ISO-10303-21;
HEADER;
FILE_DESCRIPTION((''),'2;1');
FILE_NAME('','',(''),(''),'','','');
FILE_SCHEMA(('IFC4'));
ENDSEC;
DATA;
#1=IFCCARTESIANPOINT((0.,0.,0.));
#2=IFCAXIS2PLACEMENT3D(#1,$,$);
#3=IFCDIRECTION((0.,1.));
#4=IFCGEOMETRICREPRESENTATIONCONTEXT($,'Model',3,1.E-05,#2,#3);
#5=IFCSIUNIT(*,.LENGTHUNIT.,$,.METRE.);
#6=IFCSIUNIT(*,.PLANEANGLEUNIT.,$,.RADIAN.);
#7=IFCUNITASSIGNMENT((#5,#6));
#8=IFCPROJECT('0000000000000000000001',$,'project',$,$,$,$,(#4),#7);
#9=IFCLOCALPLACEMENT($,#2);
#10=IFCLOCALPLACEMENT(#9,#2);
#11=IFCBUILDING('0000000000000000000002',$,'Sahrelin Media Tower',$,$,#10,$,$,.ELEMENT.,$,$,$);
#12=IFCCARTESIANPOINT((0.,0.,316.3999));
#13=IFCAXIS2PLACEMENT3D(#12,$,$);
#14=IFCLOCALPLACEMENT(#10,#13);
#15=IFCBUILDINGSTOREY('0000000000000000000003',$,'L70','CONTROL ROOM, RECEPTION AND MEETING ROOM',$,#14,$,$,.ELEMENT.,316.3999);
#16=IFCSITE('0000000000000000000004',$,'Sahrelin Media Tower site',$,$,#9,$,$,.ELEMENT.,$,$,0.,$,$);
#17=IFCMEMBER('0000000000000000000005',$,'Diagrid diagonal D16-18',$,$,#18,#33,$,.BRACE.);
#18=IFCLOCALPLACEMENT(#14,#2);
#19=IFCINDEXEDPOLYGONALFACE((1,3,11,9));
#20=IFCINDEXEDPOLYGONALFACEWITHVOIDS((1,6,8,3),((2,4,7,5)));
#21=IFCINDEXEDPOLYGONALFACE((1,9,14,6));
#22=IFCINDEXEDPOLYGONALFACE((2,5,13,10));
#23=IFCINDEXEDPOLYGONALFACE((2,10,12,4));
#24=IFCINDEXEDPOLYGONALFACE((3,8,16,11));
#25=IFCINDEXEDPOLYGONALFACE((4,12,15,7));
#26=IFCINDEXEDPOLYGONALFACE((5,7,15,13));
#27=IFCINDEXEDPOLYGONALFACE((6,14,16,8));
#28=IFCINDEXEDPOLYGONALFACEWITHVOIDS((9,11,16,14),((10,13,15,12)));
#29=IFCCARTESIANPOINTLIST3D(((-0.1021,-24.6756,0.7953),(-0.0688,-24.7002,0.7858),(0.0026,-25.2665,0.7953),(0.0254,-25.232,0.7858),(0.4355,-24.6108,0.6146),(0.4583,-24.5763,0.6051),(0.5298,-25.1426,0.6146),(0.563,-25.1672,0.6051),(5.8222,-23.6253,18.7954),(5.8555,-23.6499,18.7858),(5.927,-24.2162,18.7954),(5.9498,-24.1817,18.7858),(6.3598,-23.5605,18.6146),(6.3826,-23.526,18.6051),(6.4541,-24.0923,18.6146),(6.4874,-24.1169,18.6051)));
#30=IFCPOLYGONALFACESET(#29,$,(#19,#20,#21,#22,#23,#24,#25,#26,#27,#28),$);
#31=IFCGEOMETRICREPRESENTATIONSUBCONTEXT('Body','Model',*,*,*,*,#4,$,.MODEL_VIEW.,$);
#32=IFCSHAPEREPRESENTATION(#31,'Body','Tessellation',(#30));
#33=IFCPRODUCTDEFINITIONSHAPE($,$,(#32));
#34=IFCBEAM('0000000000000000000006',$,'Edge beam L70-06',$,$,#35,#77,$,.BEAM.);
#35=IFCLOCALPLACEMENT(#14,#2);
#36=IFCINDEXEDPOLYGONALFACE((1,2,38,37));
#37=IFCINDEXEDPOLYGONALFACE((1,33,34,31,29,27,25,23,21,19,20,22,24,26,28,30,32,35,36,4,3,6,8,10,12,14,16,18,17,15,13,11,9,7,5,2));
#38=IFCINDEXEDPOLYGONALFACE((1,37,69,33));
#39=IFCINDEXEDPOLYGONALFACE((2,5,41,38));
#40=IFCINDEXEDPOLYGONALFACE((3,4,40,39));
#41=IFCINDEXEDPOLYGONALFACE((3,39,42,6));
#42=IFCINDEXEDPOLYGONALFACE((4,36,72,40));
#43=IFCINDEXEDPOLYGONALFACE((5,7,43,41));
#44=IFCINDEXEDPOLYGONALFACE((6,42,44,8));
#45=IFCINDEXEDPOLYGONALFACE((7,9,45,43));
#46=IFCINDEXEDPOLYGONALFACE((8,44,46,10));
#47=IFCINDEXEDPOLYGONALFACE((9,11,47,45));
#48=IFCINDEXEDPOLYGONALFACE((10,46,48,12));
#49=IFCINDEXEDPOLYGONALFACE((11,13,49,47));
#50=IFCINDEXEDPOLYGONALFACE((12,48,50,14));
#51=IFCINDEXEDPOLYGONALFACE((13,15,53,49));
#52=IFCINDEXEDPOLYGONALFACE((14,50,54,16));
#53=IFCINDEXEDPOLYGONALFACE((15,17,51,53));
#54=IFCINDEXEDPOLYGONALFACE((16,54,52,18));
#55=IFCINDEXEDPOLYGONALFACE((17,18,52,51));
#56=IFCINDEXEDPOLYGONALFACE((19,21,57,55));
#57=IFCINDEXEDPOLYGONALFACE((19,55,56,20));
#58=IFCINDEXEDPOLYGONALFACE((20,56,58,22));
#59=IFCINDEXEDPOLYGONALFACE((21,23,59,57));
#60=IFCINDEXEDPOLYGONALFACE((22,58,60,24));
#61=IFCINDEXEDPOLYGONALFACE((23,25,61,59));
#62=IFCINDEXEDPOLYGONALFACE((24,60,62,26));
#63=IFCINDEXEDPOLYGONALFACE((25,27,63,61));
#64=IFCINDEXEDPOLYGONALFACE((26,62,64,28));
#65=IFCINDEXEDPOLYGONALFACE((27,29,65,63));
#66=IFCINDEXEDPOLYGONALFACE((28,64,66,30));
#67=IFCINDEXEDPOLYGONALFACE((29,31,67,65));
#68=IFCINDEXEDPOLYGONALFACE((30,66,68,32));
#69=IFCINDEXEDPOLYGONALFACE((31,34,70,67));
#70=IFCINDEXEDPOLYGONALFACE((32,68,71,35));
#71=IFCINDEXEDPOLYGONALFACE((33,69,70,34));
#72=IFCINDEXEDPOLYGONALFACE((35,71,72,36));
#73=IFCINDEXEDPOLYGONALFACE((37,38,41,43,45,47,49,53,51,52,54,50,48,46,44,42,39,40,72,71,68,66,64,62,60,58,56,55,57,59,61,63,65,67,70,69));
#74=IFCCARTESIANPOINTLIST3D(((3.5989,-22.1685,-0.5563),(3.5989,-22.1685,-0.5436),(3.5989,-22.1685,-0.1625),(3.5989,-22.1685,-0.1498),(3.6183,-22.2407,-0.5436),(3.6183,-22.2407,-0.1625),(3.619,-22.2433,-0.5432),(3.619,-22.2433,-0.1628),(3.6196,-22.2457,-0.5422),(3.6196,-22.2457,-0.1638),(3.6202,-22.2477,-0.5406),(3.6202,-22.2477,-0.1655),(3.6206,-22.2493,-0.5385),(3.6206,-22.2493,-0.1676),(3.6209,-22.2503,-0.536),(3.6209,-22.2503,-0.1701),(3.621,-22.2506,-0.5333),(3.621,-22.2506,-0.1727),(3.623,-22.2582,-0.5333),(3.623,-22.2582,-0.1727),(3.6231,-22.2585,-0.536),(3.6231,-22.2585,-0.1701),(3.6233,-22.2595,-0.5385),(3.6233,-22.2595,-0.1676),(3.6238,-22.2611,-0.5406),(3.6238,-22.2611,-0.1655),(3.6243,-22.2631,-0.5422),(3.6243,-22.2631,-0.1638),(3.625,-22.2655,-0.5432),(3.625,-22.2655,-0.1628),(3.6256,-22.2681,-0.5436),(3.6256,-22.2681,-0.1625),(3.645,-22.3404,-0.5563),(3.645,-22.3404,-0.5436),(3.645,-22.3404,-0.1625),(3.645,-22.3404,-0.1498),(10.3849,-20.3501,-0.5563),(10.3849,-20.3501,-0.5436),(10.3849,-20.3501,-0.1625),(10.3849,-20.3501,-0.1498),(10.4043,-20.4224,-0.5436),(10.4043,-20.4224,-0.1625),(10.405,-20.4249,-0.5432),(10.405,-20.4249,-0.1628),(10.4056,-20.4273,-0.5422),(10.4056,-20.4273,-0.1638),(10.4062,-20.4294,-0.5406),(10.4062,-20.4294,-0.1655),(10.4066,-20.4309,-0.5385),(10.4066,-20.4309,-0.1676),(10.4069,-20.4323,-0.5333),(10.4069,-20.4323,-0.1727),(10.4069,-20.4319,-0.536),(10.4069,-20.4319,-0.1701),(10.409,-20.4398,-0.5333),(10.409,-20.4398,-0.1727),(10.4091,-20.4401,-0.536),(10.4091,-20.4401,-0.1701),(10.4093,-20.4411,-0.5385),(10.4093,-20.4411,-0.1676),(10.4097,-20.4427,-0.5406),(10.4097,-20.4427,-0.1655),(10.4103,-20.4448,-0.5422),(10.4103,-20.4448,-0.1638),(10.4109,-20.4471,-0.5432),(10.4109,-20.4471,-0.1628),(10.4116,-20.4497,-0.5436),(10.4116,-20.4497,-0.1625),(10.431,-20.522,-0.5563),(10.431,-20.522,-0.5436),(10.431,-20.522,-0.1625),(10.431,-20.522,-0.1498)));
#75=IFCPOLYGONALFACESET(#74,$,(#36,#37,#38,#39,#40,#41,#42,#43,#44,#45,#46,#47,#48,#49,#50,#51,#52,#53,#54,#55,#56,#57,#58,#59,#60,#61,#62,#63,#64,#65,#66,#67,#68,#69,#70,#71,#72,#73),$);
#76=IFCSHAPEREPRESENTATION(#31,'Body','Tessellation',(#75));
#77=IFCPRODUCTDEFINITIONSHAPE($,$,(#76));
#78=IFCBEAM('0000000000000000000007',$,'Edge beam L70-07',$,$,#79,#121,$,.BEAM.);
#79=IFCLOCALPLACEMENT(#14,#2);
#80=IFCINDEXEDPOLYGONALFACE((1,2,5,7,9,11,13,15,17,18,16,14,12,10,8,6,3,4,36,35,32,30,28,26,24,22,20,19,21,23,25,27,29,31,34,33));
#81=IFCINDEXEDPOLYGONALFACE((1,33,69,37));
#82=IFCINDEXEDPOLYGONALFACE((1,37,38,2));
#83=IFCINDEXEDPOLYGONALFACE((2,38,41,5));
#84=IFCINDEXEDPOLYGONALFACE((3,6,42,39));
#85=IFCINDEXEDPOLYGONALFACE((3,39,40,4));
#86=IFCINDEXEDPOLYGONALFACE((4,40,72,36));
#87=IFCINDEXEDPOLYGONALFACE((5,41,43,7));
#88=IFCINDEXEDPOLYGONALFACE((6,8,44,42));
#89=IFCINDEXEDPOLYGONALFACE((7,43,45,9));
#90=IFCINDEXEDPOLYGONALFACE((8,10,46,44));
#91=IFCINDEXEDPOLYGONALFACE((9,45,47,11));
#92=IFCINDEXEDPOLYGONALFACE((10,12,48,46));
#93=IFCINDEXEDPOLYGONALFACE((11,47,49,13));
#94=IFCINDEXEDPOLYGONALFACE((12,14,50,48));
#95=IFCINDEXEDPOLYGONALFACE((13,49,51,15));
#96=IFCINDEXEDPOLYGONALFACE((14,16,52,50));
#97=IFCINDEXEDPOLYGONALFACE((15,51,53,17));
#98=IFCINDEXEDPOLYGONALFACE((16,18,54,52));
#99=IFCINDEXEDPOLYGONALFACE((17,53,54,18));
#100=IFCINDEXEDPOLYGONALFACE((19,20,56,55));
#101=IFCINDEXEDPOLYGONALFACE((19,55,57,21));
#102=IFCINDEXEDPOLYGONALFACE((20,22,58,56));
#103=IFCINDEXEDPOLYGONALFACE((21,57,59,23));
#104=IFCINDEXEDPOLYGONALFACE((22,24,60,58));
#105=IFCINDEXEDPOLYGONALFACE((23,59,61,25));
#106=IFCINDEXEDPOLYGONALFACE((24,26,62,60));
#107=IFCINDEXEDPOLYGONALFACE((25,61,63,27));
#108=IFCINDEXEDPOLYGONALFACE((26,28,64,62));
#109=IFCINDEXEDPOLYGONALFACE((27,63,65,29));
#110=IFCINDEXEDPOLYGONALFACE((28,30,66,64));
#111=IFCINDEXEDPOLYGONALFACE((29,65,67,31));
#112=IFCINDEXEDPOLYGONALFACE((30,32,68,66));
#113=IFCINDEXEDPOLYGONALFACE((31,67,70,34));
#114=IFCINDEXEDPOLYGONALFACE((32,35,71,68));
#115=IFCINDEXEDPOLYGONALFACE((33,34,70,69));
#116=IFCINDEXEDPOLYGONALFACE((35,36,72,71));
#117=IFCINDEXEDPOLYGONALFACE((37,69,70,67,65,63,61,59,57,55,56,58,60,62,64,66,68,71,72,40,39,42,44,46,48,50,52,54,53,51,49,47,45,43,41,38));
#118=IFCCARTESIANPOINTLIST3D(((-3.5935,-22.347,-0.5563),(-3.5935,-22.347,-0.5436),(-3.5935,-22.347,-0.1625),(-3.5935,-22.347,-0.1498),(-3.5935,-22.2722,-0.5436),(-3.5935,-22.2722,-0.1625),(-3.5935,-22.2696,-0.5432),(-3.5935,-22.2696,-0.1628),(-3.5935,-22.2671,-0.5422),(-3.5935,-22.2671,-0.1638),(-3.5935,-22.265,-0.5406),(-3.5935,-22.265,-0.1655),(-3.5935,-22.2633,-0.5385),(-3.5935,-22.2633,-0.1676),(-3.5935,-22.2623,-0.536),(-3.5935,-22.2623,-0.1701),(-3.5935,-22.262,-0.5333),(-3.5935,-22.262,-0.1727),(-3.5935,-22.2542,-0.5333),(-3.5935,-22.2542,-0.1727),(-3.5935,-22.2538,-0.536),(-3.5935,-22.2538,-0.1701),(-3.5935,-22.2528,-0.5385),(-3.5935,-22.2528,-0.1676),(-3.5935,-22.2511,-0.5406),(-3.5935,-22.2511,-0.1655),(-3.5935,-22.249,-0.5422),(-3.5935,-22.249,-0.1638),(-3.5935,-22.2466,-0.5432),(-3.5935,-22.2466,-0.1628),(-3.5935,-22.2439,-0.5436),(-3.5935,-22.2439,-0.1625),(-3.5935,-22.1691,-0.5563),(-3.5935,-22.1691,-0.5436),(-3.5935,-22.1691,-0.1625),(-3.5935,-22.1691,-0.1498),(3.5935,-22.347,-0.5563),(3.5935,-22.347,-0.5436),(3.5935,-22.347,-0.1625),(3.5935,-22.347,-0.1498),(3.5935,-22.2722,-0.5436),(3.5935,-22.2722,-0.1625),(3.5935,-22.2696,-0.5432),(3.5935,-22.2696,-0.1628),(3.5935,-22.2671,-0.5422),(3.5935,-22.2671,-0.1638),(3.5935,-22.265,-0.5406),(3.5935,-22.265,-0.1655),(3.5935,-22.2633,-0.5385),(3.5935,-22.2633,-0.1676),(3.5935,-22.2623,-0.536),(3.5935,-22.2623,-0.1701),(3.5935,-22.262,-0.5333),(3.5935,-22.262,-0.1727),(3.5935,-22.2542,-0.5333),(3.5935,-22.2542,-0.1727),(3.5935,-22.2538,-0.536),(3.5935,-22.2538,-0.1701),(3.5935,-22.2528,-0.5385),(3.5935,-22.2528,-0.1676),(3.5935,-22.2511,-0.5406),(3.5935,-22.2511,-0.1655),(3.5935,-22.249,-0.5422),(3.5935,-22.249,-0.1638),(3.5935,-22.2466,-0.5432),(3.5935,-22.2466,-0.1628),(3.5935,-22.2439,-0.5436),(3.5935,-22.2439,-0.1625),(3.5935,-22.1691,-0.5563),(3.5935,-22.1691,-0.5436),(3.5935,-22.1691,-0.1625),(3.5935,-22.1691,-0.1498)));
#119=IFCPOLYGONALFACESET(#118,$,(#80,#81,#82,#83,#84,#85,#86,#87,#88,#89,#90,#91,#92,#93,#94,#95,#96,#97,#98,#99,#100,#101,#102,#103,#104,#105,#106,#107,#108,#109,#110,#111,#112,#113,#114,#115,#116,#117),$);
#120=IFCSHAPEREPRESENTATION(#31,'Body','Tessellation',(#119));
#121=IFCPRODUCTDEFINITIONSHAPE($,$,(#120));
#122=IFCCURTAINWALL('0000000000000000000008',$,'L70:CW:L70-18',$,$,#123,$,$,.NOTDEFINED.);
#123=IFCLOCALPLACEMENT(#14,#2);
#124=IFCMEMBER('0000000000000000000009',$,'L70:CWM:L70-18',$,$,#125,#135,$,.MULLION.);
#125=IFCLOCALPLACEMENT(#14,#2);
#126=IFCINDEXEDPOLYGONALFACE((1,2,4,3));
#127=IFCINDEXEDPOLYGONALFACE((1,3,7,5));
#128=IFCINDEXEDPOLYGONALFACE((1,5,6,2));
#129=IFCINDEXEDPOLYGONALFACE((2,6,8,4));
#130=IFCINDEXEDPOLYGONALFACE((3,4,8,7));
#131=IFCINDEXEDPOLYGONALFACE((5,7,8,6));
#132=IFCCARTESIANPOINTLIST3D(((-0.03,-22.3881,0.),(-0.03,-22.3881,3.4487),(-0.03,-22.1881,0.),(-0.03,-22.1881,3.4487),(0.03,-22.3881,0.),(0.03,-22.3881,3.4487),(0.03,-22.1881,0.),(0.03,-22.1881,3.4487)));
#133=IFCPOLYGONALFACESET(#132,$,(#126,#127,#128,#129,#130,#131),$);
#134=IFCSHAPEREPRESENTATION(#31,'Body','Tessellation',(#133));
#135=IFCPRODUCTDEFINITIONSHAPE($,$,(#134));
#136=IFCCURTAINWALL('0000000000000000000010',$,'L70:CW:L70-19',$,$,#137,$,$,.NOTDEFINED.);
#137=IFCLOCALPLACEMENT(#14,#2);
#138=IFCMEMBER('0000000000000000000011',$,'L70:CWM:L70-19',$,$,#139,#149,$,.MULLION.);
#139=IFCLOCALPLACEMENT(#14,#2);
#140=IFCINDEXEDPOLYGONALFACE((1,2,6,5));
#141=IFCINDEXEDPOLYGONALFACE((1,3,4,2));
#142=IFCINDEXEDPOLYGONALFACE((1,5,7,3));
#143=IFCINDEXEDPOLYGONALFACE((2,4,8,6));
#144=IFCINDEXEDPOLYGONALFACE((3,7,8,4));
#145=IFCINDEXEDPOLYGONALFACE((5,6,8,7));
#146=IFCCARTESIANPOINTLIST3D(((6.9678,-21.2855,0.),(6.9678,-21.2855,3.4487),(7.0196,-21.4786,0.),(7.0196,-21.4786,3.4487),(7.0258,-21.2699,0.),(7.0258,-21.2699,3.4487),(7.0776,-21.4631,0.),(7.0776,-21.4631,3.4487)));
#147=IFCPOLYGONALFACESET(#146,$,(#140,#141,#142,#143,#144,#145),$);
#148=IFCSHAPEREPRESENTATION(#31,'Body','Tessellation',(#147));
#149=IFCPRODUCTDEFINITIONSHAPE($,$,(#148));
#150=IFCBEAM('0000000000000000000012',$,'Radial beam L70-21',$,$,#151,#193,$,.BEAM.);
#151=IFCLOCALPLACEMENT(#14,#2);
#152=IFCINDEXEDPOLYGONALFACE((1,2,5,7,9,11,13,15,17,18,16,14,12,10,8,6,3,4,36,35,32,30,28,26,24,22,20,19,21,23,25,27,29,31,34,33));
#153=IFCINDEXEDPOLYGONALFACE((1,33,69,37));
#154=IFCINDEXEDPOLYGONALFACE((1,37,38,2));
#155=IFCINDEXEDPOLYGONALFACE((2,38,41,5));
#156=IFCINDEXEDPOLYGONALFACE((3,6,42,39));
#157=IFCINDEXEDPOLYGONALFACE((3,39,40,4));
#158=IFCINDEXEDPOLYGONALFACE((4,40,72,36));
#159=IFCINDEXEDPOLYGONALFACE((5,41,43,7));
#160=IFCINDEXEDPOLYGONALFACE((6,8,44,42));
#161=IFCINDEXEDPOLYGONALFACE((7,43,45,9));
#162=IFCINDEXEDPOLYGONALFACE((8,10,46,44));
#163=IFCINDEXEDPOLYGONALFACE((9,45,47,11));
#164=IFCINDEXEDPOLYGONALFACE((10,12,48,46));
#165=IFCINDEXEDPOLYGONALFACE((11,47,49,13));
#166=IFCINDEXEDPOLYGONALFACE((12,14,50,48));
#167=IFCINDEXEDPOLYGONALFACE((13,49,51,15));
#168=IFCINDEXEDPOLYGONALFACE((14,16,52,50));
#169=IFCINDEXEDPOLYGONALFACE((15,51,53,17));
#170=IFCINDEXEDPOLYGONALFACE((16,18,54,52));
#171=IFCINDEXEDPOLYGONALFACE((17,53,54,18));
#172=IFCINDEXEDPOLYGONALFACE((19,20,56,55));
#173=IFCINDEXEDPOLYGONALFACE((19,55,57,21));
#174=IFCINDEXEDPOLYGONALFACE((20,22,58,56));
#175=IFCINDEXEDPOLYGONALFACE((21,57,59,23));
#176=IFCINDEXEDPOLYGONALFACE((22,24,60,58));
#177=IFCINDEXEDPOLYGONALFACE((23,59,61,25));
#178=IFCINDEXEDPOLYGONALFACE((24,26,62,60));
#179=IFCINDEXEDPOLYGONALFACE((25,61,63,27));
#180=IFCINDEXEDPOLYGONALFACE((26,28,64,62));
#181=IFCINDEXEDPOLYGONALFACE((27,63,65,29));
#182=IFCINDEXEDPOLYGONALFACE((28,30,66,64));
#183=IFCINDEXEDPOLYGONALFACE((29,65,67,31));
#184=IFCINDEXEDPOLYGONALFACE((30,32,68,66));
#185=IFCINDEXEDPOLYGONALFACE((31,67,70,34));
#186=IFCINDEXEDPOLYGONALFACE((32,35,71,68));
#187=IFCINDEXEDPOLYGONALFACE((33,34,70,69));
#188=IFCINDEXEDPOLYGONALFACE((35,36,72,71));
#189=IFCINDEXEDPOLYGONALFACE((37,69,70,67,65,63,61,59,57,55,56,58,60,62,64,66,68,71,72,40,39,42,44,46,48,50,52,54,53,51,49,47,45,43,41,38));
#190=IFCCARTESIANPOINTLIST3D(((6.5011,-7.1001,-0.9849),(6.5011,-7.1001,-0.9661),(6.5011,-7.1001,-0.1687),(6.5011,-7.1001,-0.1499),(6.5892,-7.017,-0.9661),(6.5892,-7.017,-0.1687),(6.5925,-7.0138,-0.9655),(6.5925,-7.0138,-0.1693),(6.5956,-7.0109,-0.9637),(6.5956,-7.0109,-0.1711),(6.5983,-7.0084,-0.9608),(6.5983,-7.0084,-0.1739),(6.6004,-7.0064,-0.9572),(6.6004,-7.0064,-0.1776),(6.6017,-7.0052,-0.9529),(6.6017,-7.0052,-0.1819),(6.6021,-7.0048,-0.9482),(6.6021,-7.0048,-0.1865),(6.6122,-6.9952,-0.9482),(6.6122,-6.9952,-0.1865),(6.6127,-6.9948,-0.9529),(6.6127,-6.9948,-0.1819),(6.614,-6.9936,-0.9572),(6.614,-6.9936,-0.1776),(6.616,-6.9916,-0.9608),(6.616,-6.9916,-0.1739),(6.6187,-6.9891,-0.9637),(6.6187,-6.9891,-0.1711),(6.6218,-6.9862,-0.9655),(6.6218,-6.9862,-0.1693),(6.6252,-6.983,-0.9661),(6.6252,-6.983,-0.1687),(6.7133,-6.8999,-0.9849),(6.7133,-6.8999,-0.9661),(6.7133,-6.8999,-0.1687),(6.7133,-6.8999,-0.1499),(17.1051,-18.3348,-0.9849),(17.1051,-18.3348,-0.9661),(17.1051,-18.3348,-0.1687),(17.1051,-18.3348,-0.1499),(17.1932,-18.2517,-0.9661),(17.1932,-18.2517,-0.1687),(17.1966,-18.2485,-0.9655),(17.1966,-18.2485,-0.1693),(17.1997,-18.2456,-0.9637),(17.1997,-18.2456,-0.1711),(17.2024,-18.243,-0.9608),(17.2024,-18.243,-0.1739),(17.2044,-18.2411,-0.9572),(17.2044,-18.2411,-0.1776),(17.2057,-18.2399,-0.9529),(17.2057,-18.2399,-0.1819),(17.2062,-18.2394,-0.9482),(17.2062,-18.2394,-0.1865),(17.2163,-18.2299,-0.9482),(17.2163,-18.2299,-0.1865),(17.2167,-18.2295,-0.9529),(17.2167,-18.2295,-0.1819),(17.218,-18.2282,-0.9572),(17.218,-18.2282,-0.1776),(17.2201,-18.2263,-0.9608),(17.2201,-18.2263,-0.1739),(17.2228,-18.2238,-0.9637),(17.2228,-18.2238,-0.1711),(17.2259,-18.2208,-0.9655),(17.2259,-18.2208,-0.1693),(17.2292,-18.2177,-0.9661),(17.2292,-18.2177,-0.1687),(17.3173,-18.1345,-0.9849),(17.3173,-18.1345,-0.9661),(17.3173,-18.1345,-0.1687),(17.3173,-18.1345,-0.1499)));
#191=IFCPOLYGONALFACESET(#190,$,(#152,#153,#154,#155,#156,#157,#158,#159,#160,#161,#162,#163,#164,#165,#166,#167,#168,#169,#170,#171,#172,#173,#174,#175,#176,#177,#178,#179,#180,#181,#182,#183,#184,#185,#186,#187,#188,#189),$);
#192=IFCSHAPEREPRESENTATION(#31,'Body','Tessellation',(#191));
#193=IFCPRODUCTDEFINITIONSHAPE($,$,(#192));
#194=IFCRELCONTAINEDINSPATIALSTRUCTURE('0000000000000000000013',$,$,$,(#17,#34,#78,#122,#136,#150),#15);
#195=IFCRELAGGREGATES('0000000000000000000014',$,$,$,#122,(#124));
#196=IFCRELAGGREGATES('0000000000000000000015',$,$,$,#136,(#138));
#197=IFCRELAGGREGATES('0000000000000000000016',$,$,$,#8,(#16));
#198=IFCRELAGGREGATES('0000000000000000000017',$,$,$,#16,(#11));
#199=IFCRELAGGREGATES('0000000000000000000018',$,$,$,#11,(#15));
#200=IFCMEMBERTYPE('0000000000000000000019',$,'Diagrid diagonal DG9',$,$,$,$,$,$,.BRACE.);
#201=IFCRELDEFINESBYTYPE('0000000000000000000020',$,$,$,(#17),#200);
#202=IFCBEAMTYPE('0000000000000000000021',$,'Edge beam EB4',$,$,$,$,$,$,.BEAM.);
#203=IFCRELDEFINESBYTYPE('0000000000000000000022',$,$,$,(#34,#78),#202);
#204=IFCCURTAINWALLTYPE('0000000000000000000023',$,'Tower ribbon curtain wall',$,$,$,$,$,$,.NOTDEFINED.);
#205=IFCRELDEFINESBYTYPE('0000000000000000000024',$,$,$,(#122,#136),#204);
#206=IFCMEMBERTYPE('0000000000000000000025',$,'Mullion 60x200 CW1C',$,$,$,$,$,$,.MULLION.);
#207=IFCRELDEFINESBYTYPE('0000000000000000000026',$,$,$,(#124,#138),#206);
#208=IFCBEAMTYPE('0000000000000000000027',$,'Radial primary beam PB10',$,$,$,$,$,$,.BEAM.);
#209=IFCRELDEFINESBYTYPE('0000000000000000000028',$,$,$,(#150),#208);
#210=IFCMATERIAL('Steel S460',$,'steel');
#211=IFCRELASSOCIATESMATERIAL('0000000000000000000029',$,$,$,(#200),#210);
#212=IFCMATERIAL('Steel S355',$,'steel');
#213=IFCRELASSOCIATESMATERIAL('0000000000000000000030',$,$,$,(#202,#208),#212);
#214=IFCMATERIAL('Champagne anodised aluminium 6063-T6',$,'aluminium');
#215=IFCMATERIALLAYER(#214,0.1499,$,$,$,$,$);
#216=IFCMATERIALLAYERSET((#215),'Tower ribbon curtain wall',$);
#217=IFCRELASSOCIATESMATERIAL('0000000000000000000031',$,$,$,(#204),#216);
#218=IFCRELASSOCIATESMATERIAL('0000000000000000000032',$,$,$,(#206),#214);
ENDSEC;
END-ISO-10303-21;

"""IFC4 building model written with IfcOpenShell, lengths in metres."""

from ifc_helpers import new_model, si_unit, direction, frame, origin, origin_2d, place, context, subcontext, project, spatial, rectangle, hollow_rectangle, i_section, extrude, material, layer, layer_set, material_profile, profile_set, type_object, element, aggregate, save


model = new_model("IFC4")

# Units and contexts
model_context = context("Model", 3, precision=1e-05, world=origin(), true_north=direction((0.0, 1.0)))
body_context = subcontext(model_context, "Body", "Model", "MODEL_VIEW")
ifc_project = project(units=[si_unit("LENGTHUNIT", "METRE"), si_unit("PLANEANGLEUNIT", "RADIAN")], contexts=[model_context])

# Site, building, storey
site_placement = place(None, origin())
site = spatial("IfcSite", under=ifc_project, at=site_placement, Name="Sahrelin Media Tower site", CompositionType="ELEMENT", RefElevation=0.0)
building_placement = place(site_placement, origin())
building = spatial("IfcBuilding", under=site, at=building_placement, Name="Sahrelin Media Tower", CompositionType="ELEMENT")
storey_placement = place(building_placement, frame((0.0, 0.0, 316.3999)))
storey = spatial("IfcBuildingStorey", under=building, at=storey_placement, Name="L70", Description="CONTROL ROOM, RECEPTION AND MEETING ROOM", CompositionType="ELEMENT", Elevation=316.3999)

# Member
ifc_material_1 = material(Name="Steel S460", Category="steel")
ifc_material_profile_1 = material_profile(ifc_material_1, hollow_rectangle(XDim=0.6001, YDim=0.6001, WallThickness=0.03, at=origin_2d()), Name="Diagrid diagonal DG9")
ifc_profile_set_1 = profile_set([ifc_material_profile_1], Name="Steel S460")
member_type_1 = type_object("IfcMemberType", Name="Diagrid diagonal DG9", PredefinedType="BRACE", material=ifc_profile_set_1)
member_1_placement = place(storey_placement, frame((0.2305, -24.9214, 0.7002), z_axis=(0.312152, 0.05534, 0.948419), x_axis=(-0.174563, 0.984646, 0.0)))
element("IfcMember", 1, at=member_1_placement, inside=storey, type_object=member_type_1, Name="Diagrid diagonal D16-18", PredefinedType="BRACE", context=body_context, shape_type="SweptSolid", body=[
    extrude(hollow_rectangle(XDim=0.6001, YDim=0.6001, WallThickness=0.03, at=origin_2d()), origin(), (0.0, 0.0, 1.0), 18.979),
])

# Beams
ifc_material_2 = material(Name="Steel S355", Category="steel")
ifc_material_profile_2 = material_profile(ifc_material_2, i_section(OverallWidth=0.178, OverallDepth=0.4065, WebThickness=0.0078, FlangeThickness=0.0127, FilletRadius=0.0103, at=origin_2d()), Name="UB 406x178x60")
ifc_profile_set_2 = profile_set([ifc_material_profile_2], Name="Steel S355")
beam_type_1 = type_object("IfcBeamType", Name="Edge beam EB4", PredefinedType="BEAM", material=ifc_profile_set_2)
beam_1_placement = place(storey_placement, frame((10.408, -20.436, -0.353), z_axis=(-0.965923, -0.25883, 0.0), x_axis=(0.25883, -0.965923, 0.0)))
element("IfcBeam", 2, at=beam_1_placement, inside=storey, type_object=beam_type_1, Name="Edge beam L70-06", PredefinedType="BEAM", context=body_context, shape_type="SweptSolid", body=[
    extrude(i_section(OverallWidth=0.178, OverallDepth=0.4065, WebThickness=0.0078, FlangeThickness=0.0127, FilletRadius=0.0103, at=origin_2d()), origin(), (0.0, 0.0, 1.0), 7.0254),
])
beam_2_placement = place(storey_placement, frame((3.5935, -22.2581, -0.353), z_axis=(-1.0, 0.0, 0.0), x_axis=(0.0, -1.0, 0.0)))
element("IfcBeam", 3, at=beam_2_placement, inside=storey, type_object=beam_type_1, Name="Edge beam L70-07", PredefinedType="BEAM", context=body_context, shape_type="SweptSolid", body=[
    extrude(i_section(OverallWidth=0.178, OverallDepth=0.4065, WebThickness=0.0078, FlangeThickness=0.0127, FilletRadius=0.0103, at=origin_2d()), origin(), (0.0, 0.0, 1.0), 7.187),
])

# Curtain walls, members
ifc_material_3 = material(Name="Champagne anodised aluminium 6063-T6", Category="aluminium")
ifc_layer_1 = layer(ifc_material_3, 0.1499)
ifc_layer_set_1 = layer_set([ifc_layer_1], Name="Tower ribbon curtain wall")
curtain_wall_type = type_object("IfcCurtainWallType", Name="Tower ribbon curtain wall", PredefinedType="NOTDEFINED", material=ifc_layer_set_1)
curtain_wall_1_placement = place(storey_placement, frame((0.0, -22.4082, 0.0), z_axis=(0.0, 0.0, 1.0), x_axis=(1.0, 0.0, 0.0)))
curtain_wall_1 = element("IfcCurtainWall", 4, at=curtain_wall_1_placement, inside=storey, type_object=curtain_wall_type, Name="L70:CW:L70-18", PredefinedType="NOTDEFINED")
ifc_material_profile_3 = material_profile(ifc_material_3, rectangle(XDim=0.0601, YDim=0.2, at=origin_2d()), Name="Mullion 60x200")
ifc_profile_set_3 = profile_set([ifc_material_profile_3], Name="Champagne anodised aluminium 6063-T6")
member_type_2 = type_object("IfcMemberType", Name="Mullion 60x200 CW1C", PredefinedType="MULLION", material=ifc_profile_set_3)
member_2_placement = place(storey_placement, frame((0.0, -22.2881, 0.0), z_axis=(0.0, 0.0, 1.0), x_axis=(1.0, 0.0, 0.0)))
member_2 = element("IfcMember", 5, at=member_2_placement, type_object=member_type_2, Name="L70:CWM:L70-18", PredefinedType="MULLION", context=body_context, shape_type="SweptSolid", body=[
    extrude(rectangle(XDim=0.0601, YDim=0.2, at=origin_2d()), origin(), (0.0, 0.0, 1.0), 3.4487),
])
aggregate(curtain_wall_1, [member_2])
curtain_wall_2_placement = place(storey_placement, frame((7.0537, -21.49, 0.0), z_axis=(0.0, 0.0, 1.0), x_axis=(1.0, 0.0, 0.0)))
curtain_wall_2 = element("IfcCurtainWall", 6, at=curtain_wall_2_placement, inside=storey, type_object=curtain_wall_type, Name="L70:CW:L70-19", PredefinedType="NOTDEFINED")
member_3_placement = place(storey_placement, frame((7.0227, -21.3743, 0.0), z_axis=(0.0, 0.0, 1.0), x_axis=(0.965926, 0.258817, 0.0)))
member_3 = element("IfcMember", 7, at=member_3_placement, type_object=member_type_2, Name="L70:CWM:L70-19", PredefinedType="MULLION", context=body_context, shape_type="SweptSolid", body=[
    extrude(rectangle(XDim=0.0601, YDim=0.2, at=origin_2d()), origin(), (0.0, 0.0, 1.0), 3.4487),
])

# Beam
ifc_material_profile_4 = material_profile(ifc_material_2, i_section(OverallWidth=0.2917, OverallDepth=0.835, WebThickness=0.0139, FlangeThickness=0.0188, FilletRadius=0.0178, at=origin_2d()), Name="UB 838x292x176")
ifc_profile_set_4 = profile_set([ifc_material_profile_4], Name="Steel S355")
beam_type_2 = type_object("IfcBeamType", Name="Radial primary beam PB10", PredefinedType="BEAM", material=ifc_profile_set_4)
beam_3_placement = place(storey_placement, frame((6.6072, -7.0, -0.5674), z_axis=(0.686402, -0.727222, 0.0), x_axis=(0.727222, 0.686402, 0.0)))
element("IfcBeam", 8, at=beam_3_placement, inside=storey, type_object=beam_type_2, Name="Radial beam L70-21", PredefinedType="BEAM", context=body_context, shape_type="SweptSolid", body=[
    extrude(i_section(OverallWidth=0.2917, OverallDepth=0.835, WebThickness=0.0139, FlangeThickness=0.0188, FilletRadius=0.0178, at=origin_2d()), origin(), (0.0, 0.0, 1.0), 15.4487),
])

aggregate(curtain_wall_2, [member_3])

save(model, "model.ifc")
